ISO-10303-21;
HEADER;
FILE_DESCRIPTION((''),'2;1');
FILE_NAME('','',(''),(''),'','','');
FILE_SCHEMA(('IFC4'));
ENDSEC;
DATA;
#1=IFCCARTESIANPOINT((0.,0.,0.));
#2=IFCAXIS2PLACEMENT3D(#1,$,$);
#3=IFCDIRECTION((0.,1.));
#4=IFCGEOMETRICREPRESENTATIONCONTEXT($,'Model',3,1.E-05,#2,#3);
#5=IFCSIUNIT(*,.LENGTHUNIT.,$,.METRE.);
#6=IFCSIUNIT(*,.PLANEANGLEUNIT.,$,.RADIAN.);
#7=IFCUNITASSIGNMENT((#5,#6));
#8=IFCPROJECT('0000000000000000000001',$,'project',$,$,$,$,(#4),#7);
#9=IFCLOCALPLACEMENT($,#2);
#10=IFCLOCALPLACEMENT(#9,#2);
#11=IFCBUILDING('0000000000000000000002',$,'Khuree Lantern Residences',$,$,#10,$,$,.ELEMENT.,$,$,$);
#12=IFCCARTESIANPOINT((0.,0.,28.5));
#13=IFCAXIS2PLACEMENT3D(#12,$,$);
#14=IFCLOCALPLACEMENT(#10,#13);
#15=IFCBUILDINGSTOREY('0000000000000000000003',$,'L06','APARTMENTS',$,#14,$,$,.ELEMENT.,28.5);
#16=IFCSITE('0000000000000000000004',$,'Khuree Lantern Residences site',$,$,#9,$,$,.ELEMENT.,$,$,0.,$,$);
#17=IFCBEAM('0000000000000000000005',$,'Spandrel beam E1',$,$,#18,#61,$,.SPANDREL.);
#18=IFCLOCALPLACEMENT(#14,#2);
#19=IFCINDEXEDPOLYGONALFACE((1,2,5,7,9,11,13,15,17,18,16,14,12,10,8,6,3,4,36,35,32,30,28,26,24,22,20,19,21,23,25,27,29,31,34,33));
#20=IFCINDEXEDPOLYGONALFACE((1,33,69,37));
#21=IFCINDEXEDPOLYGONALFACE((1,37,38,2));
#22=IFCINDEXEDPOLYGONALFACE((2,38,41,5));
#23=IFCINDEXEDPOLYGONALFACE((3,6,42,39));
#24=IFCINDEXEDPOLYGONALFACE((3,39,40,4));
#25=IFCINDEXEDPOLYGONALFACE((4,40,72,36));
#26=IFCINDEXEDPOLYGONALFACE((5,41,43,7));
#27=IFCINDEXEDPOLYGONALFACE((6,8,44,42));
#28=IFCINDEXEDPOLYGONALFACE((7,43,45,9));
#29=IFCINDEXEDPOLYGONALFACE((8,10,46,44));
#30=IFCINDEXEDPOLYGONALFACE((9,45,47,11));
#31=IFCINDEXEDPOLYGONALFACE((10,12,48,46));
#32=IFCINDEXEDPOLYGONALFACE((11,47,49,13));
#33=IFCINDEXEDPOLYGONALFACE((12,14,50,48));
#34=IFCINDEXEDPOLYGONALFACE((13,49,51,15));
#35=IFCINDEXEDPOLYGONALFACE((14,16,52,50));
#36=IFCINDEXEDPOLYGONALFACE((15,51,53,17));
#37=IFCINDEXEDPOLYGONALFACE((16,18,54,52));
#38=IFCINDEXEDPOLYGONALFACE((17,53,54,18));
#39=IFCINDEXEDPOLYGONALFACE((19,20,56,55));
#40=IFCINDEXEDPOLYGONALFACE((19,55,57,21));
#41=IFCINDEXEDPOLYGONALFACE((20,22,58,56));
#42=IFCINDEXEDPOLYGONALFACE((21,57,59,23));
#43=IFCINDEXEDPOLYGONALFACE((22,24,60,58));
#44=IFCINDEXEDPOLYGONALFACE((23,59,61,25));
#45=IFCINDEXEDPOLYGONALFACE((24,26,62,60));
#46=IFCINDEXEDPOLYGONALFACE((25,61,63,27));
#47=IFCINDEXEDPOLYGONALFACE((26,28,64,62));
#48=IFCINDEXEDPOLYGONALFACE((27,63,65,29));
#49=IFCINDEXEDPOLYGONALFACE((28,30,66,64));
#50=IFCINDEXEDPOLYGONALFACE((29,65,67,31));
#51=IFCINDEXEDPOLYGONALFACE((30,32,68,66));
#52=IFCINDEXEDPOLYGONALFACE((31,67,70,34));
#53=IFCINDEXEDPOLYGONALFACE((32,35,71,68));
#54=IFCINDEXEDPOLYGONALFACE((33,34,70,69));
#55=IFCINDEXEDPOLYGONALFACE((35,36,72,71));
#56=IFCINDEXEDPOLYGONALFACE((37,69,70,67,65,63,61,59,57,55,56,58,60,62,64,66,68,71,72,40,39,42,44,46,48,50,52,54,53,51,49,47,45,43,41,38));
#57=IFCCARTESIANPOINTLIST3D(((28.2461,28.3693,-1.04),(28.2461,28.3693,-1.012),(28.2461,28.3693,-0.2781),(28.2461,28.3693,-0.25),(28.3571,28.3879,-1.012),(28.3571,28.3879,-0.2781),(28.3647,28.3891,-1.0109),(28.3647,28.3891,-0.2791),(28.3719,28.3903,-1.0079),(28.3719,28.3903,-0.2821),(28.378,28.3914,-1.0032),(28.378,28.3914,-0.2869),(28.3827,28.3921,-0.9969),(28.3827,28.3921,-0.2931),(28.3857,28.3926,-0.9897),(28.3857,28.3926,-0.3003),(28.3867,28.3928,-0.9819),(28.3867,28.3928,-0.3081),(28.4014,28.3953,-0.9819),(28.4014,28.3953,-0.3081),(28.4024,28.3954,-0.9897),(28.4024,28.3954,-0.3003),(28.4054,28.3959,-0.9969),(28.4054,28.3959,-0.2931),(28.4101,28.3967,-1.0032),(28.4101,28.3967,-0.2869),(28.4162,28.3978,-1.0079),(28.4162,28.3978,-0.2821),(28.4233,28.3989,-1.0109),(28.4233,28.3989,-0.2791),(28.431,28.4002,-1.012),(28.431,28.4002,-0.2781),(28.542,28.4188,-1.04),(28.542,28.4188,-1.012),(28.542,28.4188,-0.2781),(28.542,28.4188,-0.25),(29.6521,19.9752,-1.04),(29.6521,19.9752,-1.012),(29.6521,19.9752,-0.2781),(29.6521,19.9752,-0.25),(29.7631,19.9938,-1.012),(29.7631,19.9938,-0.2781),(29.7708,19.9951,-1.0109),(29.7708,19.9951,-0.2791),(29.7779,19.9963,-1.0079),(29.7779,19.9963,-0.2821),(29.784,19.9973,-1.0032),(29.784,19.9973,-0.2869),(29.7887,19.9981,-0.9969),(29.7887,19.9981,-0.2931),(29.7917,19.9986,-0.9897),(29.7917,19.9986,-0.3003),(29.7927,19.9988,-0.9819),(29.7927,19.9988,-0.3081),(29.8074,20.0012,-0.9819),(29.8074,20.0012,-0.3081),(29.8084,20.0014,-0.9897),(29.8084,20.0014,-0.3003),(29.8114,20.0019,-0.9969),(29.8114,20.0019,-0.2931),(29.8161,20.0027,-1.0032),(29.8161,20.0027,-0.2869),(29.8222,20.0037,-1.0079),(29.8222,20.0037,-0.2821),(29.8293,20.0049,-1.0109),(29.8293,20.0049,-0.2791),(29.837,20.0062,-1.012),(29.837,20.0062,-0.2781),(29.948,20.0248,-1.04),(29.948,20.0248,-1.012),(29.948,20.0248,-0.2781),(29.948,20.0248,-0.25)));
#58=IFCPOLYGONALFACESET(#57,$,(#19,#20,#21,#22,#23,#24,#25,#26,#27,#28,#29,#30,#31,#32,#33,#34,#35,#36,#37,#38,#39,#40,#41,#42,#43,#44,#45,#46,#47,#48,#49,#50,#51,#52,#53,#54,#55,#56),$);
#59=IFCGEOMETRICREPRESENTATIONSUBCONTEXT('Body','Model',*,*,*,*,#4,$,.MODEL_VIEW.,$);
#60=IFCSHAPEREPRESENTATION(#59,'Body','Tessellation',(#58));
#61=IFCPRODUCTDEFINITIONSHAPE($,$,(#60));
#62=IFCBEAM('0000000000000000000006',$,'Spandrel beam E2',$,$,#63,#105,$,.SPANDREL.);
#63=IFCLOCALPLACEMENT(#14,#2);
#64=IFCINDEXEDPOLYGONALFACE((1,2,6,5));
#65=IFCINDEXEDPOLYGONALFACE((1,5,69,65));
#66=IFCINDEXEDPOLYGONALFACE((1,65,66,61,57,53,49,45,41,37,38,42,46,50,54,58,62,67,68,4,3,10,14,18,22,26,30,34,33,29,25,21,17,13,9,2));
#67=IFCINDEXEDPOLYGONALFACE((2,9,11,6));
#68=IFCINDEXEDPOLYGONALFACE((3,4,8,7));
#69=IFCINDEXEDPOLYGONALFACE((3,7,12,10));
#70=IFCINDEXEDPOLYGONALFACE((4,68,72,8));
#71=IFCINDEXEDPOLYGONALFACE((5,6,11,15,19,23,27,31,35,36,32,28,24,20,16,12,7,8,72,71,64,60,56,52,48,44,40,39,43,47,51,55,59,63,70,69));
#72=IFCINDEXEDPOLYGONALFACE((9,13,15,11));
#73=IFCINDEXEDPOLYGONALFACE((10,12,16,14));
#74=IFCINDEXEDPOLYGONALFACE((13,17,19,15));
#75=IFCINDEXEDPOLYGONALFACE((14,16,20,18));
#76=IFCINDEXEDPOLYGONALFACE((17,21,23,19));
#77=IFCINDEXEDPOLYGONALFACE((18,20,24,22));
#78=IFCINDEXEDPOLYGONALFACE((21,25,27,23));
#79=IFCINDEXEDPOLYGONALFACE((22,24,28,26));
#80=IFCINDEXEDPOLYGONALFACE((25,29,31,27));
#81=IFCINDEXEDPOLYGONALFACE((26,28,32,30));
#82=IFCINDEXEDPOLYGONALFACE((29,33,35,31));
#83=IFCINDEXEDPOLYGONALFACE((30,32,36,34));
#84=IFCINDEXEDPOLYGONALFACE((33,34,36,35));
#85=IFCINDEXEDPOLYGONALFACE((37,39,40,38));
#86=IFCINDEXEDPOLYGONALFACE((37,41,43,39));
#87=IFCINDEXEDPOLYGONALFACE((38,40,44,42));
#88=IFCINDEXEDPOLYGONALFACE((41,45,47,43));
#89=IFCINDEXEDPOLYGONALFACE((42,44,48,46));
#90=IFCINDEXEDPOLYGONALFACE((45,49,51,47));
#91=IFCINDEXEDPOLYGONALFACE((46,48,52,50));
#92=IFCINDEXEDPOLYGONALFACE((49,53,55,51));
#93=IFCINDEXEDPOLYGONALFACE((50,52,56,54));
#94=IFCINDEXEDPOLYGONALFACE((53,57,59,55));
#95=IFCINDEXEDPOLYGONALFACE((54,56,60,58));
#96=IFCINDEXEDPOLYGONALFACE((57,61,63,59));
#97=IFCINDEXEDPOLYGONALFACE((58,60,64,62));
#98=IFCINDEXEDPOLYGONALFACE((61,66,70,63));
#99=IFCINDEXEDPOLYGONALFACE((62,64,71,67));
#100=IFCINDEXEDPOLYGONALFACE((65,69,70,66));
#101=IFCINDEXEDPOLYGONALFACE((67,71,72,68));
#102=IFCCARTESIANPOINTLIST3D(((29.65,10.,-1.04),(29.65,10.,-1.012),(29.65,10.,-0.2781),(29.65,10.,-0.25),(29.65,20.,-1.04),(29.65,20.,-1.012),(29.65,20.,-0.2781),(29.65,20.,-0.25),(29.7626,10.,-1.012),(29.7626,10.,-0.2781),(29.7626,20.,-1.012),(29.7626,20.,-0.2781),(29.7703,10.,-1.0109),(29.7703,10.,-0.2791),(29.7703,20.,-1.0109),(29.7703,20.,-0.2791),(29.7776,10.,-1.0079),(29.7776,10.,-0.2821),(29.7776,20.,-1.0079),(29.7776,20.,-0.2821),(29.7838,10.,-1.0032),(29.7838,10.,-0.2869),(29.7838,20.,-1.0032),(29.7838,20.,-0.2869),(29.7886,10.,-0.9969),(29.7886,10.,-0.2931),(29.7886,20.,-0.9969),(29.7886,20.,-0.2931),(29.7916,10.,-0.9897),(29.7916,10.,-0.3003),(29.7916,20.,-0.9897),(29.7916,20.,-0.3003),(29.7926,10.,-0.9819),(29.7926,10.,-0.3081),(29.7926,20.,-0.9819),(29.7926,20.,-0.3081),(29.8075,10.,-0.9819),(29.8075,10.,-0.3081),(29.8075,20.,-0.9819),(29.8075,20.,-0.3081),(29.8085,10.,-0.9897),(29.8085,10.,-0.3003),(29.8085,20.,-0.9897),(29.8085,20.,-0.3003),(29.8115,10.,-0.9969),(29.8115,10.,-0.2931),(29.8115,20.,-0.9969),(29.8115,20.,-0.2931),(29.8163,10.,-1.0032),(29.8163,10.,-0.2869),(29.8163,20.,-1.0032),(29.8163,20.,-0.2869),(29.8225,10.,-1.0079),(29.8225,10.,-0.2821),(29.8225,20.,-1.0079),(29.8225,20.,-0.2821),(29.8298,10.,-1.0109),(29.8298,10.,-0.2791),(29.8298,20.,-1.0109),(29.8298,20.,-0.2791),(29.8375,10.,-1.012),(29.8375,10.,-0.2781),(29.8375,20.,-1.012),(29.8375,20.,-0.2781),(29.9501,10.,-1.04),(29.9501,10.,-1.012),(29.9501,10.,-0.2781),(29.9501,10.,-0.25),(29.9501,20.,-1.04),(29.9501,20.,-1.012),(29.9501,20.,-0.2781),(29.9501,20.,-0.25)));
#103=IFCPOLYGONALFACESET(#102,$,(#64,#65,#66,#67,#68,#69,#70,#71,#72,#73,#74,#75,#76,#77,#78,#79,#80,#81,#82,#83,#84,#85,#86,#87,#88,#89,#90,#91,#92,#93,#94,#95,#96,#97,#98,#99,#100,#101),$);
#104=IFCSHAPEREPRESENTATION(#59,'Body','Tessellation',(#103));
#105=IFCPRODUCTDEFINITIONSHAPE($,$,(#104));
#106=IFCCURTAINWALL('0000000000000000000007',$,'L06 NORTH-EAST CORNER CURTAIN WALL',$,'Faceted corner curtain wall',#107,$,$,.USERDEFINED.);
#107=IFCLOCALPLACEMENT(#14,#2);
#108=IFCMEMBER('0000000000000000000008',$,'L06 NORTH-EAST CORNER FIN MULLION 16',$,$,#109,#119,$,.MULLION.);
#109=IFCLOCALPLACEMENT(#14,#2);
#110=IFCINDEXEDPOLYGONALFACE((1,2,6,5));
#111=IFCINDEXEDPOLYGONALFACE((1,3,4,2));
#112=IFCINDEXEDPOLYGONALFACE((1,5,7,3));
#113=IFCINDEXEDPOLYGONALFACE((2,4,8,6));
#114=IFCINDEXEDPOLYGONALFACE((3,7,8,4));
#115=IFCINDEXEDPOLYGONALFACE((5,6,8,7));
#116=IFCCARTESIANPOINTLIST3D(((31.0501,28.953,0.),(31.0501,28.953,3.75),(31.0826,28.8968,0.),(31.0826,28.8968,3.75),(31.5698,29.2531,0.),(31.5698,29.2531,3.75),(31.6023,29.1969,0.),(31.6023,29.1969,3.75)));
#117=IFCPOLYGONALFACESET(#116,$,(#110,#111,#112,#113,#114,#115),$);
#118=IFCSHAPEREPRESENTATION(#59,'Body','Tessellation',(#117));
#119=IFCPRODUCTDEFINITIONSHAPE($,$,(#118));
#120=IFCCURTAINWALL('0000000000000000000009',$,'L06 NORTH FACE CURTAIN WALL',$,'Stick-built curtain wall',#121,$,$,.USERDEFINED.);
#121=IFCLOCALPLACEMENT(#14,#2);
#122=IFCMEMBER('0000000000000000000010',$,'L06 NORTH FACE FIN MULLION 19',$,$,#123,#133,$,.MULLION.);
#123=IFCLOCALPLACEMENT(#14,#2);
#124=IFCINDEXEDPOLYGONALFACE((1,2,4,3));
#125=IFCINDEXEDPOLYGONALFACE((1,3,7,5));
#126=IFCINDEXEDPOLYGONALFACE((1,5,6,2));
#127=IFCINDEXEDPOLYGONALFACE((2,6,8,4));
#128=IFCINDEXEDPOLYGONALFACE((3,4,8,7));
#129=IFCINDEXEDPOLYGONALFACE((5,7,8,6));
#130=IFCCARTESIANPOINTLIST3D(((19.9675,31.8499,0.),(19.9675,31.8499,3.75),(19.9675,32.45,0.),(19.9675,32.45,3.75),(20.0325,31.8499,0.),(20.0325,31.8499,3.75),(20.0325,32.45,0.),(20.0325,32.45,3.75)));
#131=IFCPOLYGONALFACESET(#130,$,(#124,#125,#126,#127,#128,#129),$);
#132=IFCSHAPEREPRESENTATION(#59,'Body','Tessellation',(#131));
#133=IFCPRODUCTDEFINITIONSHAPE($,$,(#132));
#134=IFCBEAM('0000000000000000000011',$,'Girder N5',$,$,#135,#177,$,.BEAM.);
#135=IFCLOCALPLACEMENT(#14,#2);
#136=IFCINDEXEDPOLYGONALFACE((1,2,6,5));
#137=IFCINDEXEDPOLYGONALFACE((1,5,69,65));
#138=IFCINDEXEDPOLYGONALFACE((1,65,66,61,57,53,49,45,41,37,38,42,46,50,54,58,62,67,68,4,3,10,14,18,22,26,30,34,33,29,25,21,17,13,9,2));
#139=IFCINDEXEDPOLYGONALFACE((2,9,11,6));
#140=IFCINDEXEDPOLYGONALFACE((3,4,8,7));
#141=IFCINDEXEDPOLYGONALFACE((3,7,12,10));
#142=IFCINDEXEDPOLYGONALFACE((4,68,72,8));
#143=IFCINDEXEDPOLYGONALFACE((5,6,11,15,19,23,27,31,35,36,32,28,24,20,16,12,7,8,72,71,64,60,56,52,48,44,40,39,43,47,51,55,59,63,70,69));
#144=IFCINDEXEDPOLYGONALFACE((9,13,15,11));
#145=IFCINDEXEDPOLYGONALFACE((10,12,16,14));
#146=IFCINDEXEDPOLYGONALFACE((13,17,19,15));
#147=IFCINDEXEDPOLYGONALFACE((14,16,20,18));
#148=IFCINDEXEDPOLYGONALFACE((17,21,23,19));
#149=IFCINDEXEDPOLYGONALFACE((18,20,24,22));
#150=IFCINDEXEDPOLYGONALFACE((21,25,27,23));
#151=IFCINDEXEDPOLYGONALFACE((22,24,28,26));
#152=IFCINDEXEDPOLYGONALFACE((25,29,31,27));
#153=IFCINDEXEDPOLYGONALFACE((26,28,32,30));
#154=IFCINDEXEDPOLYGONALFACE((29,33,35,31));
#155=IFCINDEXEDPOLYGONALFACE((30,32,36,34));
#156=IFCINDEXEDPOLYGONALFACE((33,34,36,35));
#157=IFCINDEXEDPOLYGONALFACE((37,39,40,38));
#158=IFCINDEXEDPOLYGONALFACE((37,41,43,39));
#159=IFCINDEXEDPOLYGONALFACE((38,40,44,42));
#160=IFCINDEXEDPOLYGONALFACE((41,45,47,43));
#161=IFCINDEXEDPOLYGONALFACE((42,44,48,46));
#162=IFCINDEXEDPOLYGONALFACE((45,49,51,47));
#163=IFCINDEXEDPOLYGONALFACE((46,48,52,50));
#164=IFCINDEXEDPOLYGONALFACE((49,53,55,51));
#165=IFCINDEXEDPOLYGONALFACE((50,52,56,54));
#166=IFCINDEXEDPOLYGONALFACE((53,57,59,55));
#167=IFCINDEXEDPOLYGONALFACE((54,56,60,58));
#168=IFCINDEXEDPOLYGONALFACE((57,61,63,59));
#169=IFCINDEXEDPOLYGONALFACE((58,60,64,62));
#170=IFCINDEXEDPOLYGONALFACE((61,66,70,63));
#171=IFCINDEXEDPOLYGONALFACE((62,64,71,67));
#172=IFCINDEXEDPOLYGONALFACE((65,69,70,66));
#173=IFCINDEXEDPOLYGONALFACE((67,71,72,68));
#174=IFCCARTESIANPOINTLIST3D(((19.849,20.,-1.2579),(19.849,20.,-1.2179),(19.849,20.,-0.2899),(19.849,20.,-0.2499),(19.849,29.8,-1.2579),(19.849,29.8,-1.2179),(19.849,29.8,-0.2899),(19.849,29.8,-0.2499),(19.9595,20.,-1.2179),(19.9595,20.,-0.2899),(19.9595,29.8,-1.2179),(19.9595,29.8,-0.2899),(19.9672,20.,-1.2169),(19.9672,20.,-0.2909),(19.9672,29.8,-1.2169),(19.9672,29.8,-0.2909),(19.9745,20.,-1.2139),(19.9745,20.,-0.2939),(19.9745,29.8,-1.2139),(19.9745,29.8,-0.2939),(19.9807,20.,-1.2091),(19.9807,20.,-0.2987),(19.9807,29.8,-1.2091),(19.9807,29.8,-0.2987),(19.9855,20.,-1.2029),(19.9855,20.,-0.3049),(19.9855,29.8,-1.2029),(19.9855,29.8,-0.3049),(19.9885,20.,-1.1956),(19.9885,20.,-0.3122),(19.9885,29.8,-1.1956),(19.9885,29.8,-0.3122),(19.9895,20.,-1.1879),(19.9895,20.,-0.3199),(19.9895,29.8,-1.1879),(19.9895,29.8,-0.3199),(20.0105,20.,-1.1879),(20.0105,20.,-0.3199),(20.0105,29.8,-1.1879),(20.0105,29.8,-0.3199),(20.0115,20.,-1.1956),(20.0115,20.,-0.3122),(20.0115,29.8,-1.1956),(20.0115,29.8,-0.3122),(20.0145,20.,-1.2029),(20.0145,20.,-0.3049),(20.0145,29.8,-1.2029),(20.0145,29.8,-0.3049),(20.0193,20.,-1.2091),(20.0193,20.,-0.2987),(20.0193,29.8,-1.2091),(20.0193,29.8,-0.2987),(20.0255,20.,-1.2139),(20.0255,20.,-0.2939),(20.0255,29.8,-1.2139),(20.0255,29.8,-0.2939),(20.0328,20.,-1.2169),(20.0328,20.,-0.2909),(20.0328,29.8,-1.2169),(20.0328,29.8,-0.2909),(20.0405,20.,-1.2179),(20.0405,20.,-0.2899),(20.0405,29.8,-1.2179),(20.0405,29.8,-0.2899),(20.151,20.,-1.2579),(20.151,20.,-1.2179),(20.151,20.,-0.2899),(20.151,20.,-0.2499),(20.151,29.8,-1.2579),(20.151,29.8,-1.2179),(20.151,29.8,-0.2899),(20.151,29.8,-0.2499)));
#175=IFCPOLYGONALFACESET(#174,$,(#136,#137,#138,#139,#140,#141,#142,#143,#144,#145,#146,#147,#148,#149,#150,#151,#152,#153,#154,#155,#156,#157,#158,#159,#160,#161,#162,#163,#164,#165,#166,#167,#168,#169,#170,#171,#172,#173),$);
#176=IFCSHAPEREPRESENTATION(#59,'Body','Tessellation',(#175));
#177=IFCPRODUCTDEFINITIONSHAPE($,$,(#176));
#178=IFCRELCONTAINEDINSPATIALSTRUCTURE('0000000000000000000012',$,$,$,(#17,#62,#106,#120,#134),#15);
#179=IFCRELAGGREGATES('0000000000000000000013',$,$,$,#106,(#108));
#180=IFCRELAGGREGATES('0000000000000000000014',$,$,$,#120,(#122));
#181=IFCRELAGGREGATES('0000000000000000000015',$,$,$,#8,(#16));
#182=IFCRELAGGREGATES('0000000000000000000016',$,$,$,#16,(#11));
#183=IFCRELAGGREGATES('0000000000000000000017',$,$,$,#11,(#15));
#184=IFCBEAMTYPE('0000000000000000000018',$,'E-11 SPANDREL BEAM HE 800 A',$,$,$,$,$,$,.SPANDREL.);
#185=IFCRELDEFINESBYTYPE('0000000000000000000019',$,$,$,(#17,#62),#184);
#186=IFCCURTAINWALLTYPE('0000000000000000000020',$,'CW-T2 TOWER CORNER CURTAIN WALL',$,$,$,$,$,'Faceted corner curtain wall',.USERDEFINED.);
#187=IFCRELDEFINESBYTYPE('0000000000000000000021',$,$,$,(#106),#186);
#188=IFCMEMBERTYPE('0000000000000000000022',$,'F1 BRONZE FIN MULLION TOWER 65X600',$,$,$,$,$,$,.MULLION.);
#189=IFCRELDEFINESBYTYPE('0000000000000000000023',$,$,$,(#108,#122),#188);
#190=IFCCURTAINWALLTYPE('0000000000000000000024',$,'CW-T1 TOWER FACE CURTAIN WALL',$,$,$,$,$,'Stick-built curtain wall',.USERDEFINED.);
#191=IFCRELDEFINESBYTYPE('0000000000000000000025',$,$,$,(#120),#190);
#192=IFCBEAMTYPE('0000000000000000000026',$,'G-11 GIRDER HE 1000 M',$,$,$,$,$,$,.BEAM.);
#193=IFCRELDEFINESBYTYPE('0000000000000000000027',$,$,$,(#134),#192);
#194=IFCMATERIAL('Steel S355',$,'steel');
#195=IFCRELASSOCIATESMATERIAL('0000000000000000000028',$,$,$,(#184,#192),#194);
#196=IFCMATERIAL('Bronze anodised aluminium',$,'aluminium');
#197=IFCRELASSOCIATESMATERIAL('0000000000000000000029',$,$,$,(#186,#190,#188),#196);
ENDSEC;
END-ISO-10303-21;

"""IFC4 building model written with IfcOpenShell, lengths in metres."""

from ifc_helpers import new_model, si_unit, direction, frame, origin, origin_2d, place, context, subcontext, project, spatial, rectangle, i_section, extrude, material, material_profile, profile_set, type_object, element, aggregate, save


model = new_model("IFC4")

# Units and contexts
model_context = context("Model", 3, precision=1e-05, world=origin(), true_north=direction((0.0, 1.0)))
body_context = subcontext(model_context, "Body", "Model", "MODEL_VIEW")
ifc_project = project(units=[si_unit("LENGTHUNIT", "METRE"), si_unit("PLANEANGLEUNIT", "RADIAN")], contexts=[model_context])

# Site, building, storey
site_placement = place(None, origin())
site = spatial("IfcSite", under=ifc_project, at=site_placement, Name="Khuree Lantern Residences site", CompositionType="ELEMENT", RefElevation=0.0)
building_placement = place(site_placement, origin())
building = spatial("IfcBuilding", under=site, at=building_placement, Name="Khuree Lantern Residences", CompositionType="ELEMENT")
storey_placement = place(building_placement, frame((0.0, 0.0, 28.5)))
storey = spatial("IfcBuildingStorey", under=building, at=storey_placement, Name="L06", Description="APARTMENTS", CompositionType="ELEMENT", Elevation=28.5)

# Beams
ifc_material_1 = material(Name="Steel S355", Category="steel")
ifc_material_profile_1 = material_profile(ifc_material_1, i_section(OverallWidth=0.3, OverallDepth=0.79, WebThickness=0.0149, FlangeThickness=0.0281, FilletRadius=0.03, at=origin_2d()), Name="HE 800 A")
ifc_profile_set_1 = profile_set([ifc_material_profile_1], Name="Steel S355")
beam_type_1 = type_object("IfcBeamType", Name="E-11 SPANDREL BEAM HE 800 A", PredefinedType="SPANDREL", material=ifc_profile_set_1)
for number, where, z_axis, x_axis, name in (
    (1, (28.394, 28.394, -0.645), (0.165199, -0.98626, 0.0), (0.98626, 0.165199, 0.0), "Spandrel beam E1"),
):
    element("IfcBeam", number, at=place(storey_placement, frame(where, z_axis=z_axis, x_axis=x_axis)), inside=storey, type_object=beam_type_1, Name=name, PredefinedType="SPANDREL", context=body_context, shape_type="SweptSolid", body=[
        extrude(i_section(OverallWidth=0.3, OverallDepth=0.79, WebThickness=0.0149, FlangeThickness=0.0281, FilletRadius=0.03, at=origin_2d()), origin(), (0.0, 0.0, 1.0), 8.511),
    ])
beam_1_placement = place(storey_placement, frame((29.8, 20.0, -0.645), z_axis=(0.0, -1.0, 0.0), x_axis=(1.0, 0.0, 0.0)))
element("IfcBeam", 2, at=beam_1_placement, inside=storey, type_object=beam_type_1, Name="Spandrel beam E2", PredefinedType="SPANDREL", context=body_context, shape_type="SweptSolid", body=[
    extrude(i_section(OverallWidth=0.3, OverallDepth=0.79, WebThickness=0.0149, FlangeThickness=0.0281, FilletRadius=0.03, at=origin_2d()), origin(), (0.0, 0.0, 1.0), 10.0),
])

# Curtain walls, members
ifc_material_2 = material(Name="Bronze anodised aluminium", Category="aluminium")
curtain_wall_type_1 = type_object("IfcCurtainWallType", Name="CW-T2 TOWER CORNER CURTAIN WALL", ElementType="Faceted corner curtain wall", PredefinedType="USERDEFINED", material=ifc_material_2)
curtain_wall_1_placement = place(storey_placement, origin())
curtain_wall_1 = element("IfcCurtainWall", 3, at=curtain_wall_1_placement, inside=storey, type_object=curtain_wall_type_1, Name="L06 NORTH-EAST CORNER CURTAIN WALL", ObjectType="Faceted corner curtain wall", PredefinedType="USERDEFINED")
ifc_material_profile_2 = material_profile(ifc_material_2, rectangle(XDim=0.0649, YDim=0.6001, at=origin_2d()), Name="F1 65X600")
ifc_profile_set_2 = profile_set([ifc_material_profile_2], Name="Bronze anodised aluminium")
member_type_1 = type_object("IfcMemberType", Name="F1 BRONZE FIN MULLION TOWER 65X600", PredefinedType="MULLION", material=ifc_profile_set_2)
member_1_placement = place(storey_placement, frame((31.3262, 29.075, 0.0), z_axis=(0.0, 0.0, 1.0), x_axis=(-0.5, 0.866025, 0.0)))
member_1 = element("IfcMember", 4, at=member_1_placement, type_object=member_type_1, Name="L06 NORTH-EAST CORNER FIN MULLION 16", PredefinedType="MULLION", context=body_context, shape_type="SweptSolid", body=[
    extrude(rectangle(XDim=0.0649, YDim=0.6001, at=origin_2d()), origin(), (0.0, 0.0, 1.0), 3.75),
])
curtain_wall_type_2 = type_object("IfcCurtainWallType", Name="CW-T1 TOWER FACE CURTAIN WALL", ElementType="Stick-built curtain wall", PredefinedType="USERDEFINED", material=ifc_material_2)
curtain_wall_2_placement = place(storey_placement, origin())
curtain_wall_2 = element("IfcCurtainWall", 5, at=curtain_wall_2_placement, inside=storey, type_object=curtain_wall_type_2, Name="L06 NORTH FACE CURTAIN WALL", ObjectType="Stick-built curtain wall", PredefinedType="USERDEFINED")
member_2_placement = place(storey_placement, frame((20.0, 32.1499, 0.0), z_axis=(0.0, 0.0, 1.0), x_axis=(-1.0, 0.0, 0.0)))
member_2 = element("IfcMember", 6, at=member_2_placement, type_object=member_type_1, Name="L06 NORTH FACE FIN MULLION 19", PredefinedType="MULLION", context=body_context, shape_type="SweptSolid", body=[
    extrude(rectangle(XDim=0.0649, YDim=0.6001, at=origin_2d()), origin(), (0.0, 0.0, 1.0), 3.75),
])

# Beam
ifc_material_profile_3 = material_profile(ifc_material_1, i_section(OverallWidth=0.302, OverallDepth=1.0081, WebThickness=0.021, FlangeThickness=0.04, FilletRadius=0.03, at=origin_2d()), Name="HE 1000 M")
ifc_profile_set_3 = profile_set([ifc_material_profile_3], Name="Steel S355")
beam_type_2 = type_object("IfcBeamType", Name="G-11 GIRDER HE 1000 M", PredefinedType="BEAM", material=ifc_profile_set_3)
beam_2_placement = place(storey_placement, frame((20.0, 29.8, -0.7539), z_axis=(0.0, -1.0, 0.0), x_axis=(1.0, 0.0, 0.0)))
element("IfcBeam", 7, at=beam_2_placement, inside=storey, type_object=beam_type_2, Name="Girder N5", PredefinedType="BEAM", context=body_context, shape_type="SweptSolid", body=[
    extrude(i_section(OverallWidth=0.302, OverallDepth=1.0081, WebThickness=0.021, FlangeThickness=0.04, FilletRadius=0.03, at=origin_2d()), origin(), (0.0, 0.0, 1.0), 9.8),
])

aggregate(curtain_wall_1, [member_1])
aggregate(curtain_wall_2, [member_2])

save(model, "model.ifc")
